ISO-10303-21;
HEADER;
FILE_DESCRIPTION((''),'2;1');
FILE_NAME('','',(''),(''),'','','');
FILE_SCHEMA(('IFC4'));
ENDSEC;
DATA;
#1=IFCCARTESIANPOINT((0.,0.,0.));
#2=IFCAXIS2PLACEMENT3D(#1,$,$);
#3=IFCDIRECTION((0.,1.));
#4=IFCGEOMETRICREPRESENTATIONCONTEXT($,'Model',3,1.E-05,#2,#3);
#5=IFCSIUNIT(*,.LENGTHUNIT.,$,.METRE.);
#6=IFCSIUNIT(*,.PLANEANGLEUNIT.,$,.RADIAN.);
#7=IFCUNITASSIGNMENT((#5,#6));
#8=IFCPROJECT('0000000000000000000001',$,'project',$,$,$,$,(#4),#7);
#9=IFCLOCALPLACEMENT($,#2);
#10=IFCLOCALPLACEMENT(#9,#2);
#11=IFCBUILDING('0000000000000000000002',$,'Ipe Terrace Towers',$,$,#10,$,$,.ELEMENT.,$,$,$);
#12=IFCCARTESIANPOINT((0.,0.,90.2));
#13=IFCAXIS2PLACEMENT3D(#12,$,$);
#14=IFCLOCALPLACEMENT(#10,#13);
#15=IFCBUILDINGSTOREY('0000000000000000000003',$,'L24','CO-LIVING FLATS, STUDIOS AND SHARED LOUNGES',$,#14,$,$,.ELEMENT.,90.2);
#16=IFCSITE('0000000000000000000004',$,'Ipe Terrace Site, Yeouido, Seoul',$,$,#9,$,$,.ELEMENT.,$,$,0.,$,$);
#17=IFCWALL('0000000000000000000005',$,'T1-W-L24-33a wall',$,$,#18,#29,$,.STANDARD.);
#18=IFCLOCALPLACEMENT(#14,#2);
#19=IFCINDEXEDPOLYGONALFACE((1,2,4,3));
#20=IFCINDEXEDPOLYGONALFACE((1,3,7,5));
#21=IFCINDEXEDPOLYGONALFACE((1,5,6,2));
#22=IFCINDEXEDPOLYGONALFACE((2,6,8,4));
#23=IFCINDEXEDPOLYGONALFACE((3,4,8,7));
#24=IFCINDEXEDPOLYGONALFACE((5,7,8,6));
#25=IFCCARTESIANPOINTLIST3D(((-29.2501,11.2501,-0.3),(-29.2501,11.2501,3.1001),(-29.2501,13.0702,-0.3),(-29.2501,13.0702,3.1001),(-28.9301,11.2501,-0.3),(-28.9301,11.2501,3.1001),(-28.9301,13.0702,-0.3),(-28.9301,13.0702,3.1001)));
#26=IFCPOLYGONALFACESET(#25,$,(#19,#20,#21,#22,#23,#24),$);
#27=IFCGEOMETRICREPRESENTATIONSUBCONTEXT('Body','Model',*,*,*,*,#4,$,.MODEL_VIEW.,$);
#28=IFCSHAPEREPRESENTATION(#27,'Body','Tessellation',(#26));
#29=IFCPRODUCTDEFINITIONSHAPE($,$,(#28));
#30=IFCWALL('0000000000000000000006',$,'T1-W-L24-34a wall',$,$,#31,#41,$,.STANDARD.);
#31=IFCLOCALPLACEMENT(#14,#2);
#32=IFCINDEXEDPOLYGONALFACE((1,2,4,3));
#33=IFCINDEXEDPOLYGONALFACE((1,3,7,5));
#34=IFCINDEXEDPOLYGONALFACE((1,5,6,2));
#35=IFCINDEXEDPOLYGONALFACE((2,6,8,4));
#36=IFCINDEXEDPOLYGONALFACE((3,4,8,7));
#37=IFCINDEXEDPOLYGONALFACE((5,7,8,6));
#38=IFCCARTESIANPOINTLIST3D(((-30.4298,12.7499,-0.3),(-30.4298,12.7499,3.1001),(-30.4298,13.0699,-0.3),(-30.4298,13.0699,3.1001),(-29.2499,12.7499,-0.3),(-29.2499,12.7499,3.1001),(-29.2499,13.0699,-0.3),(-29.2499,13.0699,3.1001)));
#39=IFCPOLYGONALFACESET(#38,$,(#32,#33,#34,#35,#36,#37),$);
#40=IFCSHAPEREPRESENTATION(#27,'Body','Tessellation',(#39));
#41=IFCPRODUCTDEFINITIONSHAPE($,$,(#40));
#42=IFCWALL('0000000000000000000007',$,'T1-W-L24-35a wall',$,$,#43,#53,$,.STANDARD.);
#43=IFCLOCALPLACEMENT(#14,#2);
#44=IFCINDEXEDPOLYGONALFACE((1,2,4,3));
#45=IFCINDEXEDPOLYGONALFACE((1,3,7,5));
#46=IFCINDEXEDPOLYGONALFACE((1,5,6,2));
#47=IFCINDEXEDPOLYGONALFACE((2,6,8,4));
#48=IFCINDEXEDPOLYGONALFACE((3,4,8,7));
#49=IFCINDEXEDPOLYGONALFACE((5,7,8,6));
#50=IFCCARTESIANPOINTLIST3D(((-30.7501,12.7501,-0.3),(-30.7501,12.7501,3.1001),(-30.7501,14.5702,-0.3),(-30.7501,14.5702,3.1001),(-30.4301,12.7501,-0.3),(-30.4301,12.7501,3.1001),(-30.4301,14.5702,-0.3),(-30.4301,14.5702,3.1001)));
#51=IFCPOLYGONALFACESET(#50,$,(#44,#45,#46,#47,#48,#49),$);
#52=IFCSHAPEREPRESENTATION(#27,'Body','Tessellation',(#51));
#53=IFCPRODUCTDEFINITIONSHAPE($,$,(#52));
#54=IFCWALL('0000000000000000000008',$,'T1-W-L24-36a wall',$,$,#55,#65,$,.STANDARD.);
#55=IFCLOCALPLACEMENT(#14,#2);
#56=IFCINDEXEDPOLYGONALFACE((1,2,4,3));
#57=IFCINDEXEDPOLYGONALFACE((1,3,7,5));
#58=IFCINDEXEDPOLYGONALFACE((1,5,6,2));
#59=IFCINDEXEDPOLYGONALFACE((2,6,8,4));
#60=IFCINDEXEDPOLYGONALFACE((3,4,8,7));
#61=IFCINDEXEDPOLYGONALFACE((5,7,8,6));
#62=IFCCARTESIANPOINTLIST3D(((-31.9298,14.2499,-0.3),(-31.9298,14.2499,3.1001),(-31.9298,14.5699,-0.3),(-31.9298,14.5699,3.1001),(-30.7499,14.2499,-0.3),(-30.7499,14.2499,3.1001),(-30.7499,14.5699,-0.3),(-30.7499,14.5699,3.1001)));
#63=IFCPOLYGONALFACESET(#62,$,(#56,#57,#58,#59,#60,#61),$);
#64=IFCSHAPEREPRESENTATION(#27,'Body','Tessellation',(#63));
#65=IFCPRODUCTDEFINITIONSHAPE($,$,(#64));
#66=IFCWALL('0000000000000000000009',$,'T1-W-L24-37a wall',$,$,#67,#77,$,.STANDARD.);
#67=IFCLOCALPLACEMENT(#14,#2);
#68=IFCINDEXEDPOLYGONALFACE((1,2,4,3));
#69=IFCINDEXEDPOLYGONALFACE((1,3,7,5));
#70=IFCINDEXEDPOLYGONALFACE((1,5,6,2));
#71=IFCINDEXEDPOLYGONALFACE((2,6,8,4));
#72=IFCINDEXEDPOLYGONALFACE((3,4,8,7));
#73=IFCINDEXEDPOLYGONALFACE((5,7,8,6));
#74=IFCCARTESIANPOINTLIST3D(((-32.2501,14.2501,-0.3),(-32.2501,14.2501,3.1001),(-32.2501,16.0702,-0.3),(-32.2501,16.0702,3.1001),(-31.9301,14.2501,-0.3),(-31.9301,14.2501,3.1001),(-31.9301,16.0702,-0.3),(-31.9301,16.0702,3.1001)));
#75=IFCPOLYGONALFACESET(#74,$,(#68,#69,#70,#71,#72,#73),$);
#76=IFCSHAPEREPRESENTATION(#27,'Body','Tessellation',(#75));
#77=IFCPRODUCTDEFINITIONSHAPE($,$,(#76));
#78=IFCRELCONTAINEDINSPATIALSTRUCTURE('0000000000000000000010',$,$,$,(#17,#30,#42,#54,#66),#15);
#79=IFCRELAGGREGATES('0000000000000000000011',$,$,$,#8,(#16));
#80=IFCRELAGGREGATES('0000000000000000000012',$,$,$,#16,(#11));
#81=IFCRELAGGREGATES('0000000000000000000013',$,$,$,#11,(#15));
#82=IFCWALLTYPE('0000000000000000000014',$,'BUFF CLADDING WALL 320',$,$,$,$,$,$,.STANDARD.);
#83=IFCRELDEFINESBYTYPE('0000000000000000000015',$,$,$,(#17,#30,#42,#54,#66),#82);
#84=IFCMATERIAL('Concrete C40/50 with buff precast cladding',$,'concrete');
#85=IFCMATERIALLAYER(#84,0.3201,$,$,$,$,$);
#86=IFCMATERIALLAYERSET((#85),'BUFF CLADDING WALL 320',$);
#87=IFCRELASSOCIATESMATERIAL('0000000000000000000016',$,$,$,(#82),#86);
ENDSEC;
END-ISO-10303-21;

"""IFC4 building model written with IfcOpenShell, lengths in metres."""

from ifc_helpers import new_model, si_unit, direction, frame, frame_2d, origin, place, context, subcontext, project, spatial, rectangle, extrude, material, layer, layer_set, type_object, element, save


model = new_model("IFC4")

# Units and contexts
model_context = context("Model", 3, precision=1e-05, world=origin(), true_north=direction((0.0, 1.0)))
body_context = subcontext(model_context, "Body", "Model", "MODEL_VIEW")
ifc_project = project(units=[si_unit("LENGTHUNIT", "METRE"), si_unit("PLANEANGLEUNIT", "RADIAN")], contexts=[model_context])

# Site, building, storey
site_placement = place(None, origin())
site = spatial("IfcSite", under=ifc_project, at=site_placement, Name="Ipe Terrace Site, Yeouido, Seoul", CompositionType="ELEMENT", RefElevation=0.0)
building_placement = place(site_placement, origin())
building = spatial("IfcBuilding", under=site, at=building_placement, Name="Ipe Terrace Towers", CompositionType="ELEMENT")
storey_placement = place(building_placement, frame((0.0, 0.0, 90.2)))
storey = spatial("IfcBuildingStorey", under=building, at=storey_placement, Name="L24", Description="CO-LIVING FLATS, STUDIOS AND SHARED LOUNGES", CompositionType="ELEMENT", Elevation=90.2)

# Walls
ifc_material_1 = material(Name="Concrete C40/50 with buff precast cladding", Category="concrete")
ifc_layer_1 = layer(ifc_material_1, 0.3201)
ifc_layer_set_1 = layer_set([ifc_layer_1], Name="BUFF CLADDING WALL 320")
wall_type = type_object("IfcWallType", Name="BUFF CLADDING WALL 320", PredefinedType="STANDARD", material=ifc_layer_set_1)
wall_1_placement = place(storey_placement, frame((-29.0901, 11.25, -0.3), z_axis=(0.0, 0.0, 1.0), x_axis=(0.0, 1.0, 0.0)))
element("IfcWall", 1, at=wall_1_placement, inside=storey, type_object=wall_type, Name="T1-W-L24-33a wall", PredefinedType="STANDARD", context=body_context, shape_type="SweptSolid", body=[
    extrude(rectangle(XDim=1.8201, YDim=0.3201, at=frame_2d((0.9102, 0.0))), origin(), (0.0, 0.0, 1.0), 3.4001),
])
wall_2_placement = place(storey_placement, frame((-29.25, 12.9099, -0.3), z_axis=(0.0, 0.0, 1.0), x_axis=(-1.0, 0.0, 0.0)))
element("IfcWall", 2, at=wall_2_placement, inside=storey, type_object=wall_type, Name="T1-W-L24-34a wall", PredefinedType="STANDARD", context=body_context, shape_type="SweptSolid", body=[
    extrude(rectangle(XDim=1.1799, YDim=0.3201, at=frame_2d((0.5898, 0.0))), origin(), (0.0, 0.0, 1.0), 3.4001),
])
wall_3_placement = place(storey_placement, frame((-30.5901, 12.75, -0.3), z_axis=(0.0, 0.0, 1.0), x_axis=(0.0, 1.0, 0.0)))
element("IfcWall", 3, at=wall_3_placement, inside=storey, type_object=wall_type, Name="T1-W-L24-35a wall", PredefinedType="STANDARD", context=body_context, shape_type="SweptSolid", body=[
    extrude(rectangle(XDim=1.8201, YDim=0.3201, at=frame_2d((0.9102, 0.0))), origin(), (0.0, 0.0, 1.0), 3.4001),
])
wall_4_placement = place(storey_placement, frame((-30.75, 14.4099, -0.3), z_axis=(0.0, 0.0, 1.0), x_axis=(-1.0, 0.0, 0.0)))
element("IfcWall", 4, at=wall_4_placement, inside=storey, type_object=wall_type, Name="T1-W-L24-36a wall", PredefinedType="STANDARD", context=body_context, shape_type="SweptSolid", body=[
    extrude(rectangle(XDim=1.1799, YDim=0.3201, at=frame_2d((0.5898, 0.0))), origin(), (0.0, 0.0, 1.0), 3.4001),
])
wall_5_placement = place(storey_placement, frame((-32.0901, 14.25, -0.3), z_axis=(0.0, 0.0, 1.0), x_axis=(0.0, 1.0, 0.0)))
element("IfcWall", 5, at=wall_5_placement, inside=storey, type_object=wall_type, Name="T1-W-L24-37a wall", PredefinedType="STANDARD", context=body_context, shape_type="SweptSolid", body=[
    extrude(rectangle(XDim=1.8201, YDim=0.3201, at=frame_2d((0.9102, 0.0))), origin(), (0.0, 0.0, 1.0), 3.4001),
])

save(model, "model.ifc")
